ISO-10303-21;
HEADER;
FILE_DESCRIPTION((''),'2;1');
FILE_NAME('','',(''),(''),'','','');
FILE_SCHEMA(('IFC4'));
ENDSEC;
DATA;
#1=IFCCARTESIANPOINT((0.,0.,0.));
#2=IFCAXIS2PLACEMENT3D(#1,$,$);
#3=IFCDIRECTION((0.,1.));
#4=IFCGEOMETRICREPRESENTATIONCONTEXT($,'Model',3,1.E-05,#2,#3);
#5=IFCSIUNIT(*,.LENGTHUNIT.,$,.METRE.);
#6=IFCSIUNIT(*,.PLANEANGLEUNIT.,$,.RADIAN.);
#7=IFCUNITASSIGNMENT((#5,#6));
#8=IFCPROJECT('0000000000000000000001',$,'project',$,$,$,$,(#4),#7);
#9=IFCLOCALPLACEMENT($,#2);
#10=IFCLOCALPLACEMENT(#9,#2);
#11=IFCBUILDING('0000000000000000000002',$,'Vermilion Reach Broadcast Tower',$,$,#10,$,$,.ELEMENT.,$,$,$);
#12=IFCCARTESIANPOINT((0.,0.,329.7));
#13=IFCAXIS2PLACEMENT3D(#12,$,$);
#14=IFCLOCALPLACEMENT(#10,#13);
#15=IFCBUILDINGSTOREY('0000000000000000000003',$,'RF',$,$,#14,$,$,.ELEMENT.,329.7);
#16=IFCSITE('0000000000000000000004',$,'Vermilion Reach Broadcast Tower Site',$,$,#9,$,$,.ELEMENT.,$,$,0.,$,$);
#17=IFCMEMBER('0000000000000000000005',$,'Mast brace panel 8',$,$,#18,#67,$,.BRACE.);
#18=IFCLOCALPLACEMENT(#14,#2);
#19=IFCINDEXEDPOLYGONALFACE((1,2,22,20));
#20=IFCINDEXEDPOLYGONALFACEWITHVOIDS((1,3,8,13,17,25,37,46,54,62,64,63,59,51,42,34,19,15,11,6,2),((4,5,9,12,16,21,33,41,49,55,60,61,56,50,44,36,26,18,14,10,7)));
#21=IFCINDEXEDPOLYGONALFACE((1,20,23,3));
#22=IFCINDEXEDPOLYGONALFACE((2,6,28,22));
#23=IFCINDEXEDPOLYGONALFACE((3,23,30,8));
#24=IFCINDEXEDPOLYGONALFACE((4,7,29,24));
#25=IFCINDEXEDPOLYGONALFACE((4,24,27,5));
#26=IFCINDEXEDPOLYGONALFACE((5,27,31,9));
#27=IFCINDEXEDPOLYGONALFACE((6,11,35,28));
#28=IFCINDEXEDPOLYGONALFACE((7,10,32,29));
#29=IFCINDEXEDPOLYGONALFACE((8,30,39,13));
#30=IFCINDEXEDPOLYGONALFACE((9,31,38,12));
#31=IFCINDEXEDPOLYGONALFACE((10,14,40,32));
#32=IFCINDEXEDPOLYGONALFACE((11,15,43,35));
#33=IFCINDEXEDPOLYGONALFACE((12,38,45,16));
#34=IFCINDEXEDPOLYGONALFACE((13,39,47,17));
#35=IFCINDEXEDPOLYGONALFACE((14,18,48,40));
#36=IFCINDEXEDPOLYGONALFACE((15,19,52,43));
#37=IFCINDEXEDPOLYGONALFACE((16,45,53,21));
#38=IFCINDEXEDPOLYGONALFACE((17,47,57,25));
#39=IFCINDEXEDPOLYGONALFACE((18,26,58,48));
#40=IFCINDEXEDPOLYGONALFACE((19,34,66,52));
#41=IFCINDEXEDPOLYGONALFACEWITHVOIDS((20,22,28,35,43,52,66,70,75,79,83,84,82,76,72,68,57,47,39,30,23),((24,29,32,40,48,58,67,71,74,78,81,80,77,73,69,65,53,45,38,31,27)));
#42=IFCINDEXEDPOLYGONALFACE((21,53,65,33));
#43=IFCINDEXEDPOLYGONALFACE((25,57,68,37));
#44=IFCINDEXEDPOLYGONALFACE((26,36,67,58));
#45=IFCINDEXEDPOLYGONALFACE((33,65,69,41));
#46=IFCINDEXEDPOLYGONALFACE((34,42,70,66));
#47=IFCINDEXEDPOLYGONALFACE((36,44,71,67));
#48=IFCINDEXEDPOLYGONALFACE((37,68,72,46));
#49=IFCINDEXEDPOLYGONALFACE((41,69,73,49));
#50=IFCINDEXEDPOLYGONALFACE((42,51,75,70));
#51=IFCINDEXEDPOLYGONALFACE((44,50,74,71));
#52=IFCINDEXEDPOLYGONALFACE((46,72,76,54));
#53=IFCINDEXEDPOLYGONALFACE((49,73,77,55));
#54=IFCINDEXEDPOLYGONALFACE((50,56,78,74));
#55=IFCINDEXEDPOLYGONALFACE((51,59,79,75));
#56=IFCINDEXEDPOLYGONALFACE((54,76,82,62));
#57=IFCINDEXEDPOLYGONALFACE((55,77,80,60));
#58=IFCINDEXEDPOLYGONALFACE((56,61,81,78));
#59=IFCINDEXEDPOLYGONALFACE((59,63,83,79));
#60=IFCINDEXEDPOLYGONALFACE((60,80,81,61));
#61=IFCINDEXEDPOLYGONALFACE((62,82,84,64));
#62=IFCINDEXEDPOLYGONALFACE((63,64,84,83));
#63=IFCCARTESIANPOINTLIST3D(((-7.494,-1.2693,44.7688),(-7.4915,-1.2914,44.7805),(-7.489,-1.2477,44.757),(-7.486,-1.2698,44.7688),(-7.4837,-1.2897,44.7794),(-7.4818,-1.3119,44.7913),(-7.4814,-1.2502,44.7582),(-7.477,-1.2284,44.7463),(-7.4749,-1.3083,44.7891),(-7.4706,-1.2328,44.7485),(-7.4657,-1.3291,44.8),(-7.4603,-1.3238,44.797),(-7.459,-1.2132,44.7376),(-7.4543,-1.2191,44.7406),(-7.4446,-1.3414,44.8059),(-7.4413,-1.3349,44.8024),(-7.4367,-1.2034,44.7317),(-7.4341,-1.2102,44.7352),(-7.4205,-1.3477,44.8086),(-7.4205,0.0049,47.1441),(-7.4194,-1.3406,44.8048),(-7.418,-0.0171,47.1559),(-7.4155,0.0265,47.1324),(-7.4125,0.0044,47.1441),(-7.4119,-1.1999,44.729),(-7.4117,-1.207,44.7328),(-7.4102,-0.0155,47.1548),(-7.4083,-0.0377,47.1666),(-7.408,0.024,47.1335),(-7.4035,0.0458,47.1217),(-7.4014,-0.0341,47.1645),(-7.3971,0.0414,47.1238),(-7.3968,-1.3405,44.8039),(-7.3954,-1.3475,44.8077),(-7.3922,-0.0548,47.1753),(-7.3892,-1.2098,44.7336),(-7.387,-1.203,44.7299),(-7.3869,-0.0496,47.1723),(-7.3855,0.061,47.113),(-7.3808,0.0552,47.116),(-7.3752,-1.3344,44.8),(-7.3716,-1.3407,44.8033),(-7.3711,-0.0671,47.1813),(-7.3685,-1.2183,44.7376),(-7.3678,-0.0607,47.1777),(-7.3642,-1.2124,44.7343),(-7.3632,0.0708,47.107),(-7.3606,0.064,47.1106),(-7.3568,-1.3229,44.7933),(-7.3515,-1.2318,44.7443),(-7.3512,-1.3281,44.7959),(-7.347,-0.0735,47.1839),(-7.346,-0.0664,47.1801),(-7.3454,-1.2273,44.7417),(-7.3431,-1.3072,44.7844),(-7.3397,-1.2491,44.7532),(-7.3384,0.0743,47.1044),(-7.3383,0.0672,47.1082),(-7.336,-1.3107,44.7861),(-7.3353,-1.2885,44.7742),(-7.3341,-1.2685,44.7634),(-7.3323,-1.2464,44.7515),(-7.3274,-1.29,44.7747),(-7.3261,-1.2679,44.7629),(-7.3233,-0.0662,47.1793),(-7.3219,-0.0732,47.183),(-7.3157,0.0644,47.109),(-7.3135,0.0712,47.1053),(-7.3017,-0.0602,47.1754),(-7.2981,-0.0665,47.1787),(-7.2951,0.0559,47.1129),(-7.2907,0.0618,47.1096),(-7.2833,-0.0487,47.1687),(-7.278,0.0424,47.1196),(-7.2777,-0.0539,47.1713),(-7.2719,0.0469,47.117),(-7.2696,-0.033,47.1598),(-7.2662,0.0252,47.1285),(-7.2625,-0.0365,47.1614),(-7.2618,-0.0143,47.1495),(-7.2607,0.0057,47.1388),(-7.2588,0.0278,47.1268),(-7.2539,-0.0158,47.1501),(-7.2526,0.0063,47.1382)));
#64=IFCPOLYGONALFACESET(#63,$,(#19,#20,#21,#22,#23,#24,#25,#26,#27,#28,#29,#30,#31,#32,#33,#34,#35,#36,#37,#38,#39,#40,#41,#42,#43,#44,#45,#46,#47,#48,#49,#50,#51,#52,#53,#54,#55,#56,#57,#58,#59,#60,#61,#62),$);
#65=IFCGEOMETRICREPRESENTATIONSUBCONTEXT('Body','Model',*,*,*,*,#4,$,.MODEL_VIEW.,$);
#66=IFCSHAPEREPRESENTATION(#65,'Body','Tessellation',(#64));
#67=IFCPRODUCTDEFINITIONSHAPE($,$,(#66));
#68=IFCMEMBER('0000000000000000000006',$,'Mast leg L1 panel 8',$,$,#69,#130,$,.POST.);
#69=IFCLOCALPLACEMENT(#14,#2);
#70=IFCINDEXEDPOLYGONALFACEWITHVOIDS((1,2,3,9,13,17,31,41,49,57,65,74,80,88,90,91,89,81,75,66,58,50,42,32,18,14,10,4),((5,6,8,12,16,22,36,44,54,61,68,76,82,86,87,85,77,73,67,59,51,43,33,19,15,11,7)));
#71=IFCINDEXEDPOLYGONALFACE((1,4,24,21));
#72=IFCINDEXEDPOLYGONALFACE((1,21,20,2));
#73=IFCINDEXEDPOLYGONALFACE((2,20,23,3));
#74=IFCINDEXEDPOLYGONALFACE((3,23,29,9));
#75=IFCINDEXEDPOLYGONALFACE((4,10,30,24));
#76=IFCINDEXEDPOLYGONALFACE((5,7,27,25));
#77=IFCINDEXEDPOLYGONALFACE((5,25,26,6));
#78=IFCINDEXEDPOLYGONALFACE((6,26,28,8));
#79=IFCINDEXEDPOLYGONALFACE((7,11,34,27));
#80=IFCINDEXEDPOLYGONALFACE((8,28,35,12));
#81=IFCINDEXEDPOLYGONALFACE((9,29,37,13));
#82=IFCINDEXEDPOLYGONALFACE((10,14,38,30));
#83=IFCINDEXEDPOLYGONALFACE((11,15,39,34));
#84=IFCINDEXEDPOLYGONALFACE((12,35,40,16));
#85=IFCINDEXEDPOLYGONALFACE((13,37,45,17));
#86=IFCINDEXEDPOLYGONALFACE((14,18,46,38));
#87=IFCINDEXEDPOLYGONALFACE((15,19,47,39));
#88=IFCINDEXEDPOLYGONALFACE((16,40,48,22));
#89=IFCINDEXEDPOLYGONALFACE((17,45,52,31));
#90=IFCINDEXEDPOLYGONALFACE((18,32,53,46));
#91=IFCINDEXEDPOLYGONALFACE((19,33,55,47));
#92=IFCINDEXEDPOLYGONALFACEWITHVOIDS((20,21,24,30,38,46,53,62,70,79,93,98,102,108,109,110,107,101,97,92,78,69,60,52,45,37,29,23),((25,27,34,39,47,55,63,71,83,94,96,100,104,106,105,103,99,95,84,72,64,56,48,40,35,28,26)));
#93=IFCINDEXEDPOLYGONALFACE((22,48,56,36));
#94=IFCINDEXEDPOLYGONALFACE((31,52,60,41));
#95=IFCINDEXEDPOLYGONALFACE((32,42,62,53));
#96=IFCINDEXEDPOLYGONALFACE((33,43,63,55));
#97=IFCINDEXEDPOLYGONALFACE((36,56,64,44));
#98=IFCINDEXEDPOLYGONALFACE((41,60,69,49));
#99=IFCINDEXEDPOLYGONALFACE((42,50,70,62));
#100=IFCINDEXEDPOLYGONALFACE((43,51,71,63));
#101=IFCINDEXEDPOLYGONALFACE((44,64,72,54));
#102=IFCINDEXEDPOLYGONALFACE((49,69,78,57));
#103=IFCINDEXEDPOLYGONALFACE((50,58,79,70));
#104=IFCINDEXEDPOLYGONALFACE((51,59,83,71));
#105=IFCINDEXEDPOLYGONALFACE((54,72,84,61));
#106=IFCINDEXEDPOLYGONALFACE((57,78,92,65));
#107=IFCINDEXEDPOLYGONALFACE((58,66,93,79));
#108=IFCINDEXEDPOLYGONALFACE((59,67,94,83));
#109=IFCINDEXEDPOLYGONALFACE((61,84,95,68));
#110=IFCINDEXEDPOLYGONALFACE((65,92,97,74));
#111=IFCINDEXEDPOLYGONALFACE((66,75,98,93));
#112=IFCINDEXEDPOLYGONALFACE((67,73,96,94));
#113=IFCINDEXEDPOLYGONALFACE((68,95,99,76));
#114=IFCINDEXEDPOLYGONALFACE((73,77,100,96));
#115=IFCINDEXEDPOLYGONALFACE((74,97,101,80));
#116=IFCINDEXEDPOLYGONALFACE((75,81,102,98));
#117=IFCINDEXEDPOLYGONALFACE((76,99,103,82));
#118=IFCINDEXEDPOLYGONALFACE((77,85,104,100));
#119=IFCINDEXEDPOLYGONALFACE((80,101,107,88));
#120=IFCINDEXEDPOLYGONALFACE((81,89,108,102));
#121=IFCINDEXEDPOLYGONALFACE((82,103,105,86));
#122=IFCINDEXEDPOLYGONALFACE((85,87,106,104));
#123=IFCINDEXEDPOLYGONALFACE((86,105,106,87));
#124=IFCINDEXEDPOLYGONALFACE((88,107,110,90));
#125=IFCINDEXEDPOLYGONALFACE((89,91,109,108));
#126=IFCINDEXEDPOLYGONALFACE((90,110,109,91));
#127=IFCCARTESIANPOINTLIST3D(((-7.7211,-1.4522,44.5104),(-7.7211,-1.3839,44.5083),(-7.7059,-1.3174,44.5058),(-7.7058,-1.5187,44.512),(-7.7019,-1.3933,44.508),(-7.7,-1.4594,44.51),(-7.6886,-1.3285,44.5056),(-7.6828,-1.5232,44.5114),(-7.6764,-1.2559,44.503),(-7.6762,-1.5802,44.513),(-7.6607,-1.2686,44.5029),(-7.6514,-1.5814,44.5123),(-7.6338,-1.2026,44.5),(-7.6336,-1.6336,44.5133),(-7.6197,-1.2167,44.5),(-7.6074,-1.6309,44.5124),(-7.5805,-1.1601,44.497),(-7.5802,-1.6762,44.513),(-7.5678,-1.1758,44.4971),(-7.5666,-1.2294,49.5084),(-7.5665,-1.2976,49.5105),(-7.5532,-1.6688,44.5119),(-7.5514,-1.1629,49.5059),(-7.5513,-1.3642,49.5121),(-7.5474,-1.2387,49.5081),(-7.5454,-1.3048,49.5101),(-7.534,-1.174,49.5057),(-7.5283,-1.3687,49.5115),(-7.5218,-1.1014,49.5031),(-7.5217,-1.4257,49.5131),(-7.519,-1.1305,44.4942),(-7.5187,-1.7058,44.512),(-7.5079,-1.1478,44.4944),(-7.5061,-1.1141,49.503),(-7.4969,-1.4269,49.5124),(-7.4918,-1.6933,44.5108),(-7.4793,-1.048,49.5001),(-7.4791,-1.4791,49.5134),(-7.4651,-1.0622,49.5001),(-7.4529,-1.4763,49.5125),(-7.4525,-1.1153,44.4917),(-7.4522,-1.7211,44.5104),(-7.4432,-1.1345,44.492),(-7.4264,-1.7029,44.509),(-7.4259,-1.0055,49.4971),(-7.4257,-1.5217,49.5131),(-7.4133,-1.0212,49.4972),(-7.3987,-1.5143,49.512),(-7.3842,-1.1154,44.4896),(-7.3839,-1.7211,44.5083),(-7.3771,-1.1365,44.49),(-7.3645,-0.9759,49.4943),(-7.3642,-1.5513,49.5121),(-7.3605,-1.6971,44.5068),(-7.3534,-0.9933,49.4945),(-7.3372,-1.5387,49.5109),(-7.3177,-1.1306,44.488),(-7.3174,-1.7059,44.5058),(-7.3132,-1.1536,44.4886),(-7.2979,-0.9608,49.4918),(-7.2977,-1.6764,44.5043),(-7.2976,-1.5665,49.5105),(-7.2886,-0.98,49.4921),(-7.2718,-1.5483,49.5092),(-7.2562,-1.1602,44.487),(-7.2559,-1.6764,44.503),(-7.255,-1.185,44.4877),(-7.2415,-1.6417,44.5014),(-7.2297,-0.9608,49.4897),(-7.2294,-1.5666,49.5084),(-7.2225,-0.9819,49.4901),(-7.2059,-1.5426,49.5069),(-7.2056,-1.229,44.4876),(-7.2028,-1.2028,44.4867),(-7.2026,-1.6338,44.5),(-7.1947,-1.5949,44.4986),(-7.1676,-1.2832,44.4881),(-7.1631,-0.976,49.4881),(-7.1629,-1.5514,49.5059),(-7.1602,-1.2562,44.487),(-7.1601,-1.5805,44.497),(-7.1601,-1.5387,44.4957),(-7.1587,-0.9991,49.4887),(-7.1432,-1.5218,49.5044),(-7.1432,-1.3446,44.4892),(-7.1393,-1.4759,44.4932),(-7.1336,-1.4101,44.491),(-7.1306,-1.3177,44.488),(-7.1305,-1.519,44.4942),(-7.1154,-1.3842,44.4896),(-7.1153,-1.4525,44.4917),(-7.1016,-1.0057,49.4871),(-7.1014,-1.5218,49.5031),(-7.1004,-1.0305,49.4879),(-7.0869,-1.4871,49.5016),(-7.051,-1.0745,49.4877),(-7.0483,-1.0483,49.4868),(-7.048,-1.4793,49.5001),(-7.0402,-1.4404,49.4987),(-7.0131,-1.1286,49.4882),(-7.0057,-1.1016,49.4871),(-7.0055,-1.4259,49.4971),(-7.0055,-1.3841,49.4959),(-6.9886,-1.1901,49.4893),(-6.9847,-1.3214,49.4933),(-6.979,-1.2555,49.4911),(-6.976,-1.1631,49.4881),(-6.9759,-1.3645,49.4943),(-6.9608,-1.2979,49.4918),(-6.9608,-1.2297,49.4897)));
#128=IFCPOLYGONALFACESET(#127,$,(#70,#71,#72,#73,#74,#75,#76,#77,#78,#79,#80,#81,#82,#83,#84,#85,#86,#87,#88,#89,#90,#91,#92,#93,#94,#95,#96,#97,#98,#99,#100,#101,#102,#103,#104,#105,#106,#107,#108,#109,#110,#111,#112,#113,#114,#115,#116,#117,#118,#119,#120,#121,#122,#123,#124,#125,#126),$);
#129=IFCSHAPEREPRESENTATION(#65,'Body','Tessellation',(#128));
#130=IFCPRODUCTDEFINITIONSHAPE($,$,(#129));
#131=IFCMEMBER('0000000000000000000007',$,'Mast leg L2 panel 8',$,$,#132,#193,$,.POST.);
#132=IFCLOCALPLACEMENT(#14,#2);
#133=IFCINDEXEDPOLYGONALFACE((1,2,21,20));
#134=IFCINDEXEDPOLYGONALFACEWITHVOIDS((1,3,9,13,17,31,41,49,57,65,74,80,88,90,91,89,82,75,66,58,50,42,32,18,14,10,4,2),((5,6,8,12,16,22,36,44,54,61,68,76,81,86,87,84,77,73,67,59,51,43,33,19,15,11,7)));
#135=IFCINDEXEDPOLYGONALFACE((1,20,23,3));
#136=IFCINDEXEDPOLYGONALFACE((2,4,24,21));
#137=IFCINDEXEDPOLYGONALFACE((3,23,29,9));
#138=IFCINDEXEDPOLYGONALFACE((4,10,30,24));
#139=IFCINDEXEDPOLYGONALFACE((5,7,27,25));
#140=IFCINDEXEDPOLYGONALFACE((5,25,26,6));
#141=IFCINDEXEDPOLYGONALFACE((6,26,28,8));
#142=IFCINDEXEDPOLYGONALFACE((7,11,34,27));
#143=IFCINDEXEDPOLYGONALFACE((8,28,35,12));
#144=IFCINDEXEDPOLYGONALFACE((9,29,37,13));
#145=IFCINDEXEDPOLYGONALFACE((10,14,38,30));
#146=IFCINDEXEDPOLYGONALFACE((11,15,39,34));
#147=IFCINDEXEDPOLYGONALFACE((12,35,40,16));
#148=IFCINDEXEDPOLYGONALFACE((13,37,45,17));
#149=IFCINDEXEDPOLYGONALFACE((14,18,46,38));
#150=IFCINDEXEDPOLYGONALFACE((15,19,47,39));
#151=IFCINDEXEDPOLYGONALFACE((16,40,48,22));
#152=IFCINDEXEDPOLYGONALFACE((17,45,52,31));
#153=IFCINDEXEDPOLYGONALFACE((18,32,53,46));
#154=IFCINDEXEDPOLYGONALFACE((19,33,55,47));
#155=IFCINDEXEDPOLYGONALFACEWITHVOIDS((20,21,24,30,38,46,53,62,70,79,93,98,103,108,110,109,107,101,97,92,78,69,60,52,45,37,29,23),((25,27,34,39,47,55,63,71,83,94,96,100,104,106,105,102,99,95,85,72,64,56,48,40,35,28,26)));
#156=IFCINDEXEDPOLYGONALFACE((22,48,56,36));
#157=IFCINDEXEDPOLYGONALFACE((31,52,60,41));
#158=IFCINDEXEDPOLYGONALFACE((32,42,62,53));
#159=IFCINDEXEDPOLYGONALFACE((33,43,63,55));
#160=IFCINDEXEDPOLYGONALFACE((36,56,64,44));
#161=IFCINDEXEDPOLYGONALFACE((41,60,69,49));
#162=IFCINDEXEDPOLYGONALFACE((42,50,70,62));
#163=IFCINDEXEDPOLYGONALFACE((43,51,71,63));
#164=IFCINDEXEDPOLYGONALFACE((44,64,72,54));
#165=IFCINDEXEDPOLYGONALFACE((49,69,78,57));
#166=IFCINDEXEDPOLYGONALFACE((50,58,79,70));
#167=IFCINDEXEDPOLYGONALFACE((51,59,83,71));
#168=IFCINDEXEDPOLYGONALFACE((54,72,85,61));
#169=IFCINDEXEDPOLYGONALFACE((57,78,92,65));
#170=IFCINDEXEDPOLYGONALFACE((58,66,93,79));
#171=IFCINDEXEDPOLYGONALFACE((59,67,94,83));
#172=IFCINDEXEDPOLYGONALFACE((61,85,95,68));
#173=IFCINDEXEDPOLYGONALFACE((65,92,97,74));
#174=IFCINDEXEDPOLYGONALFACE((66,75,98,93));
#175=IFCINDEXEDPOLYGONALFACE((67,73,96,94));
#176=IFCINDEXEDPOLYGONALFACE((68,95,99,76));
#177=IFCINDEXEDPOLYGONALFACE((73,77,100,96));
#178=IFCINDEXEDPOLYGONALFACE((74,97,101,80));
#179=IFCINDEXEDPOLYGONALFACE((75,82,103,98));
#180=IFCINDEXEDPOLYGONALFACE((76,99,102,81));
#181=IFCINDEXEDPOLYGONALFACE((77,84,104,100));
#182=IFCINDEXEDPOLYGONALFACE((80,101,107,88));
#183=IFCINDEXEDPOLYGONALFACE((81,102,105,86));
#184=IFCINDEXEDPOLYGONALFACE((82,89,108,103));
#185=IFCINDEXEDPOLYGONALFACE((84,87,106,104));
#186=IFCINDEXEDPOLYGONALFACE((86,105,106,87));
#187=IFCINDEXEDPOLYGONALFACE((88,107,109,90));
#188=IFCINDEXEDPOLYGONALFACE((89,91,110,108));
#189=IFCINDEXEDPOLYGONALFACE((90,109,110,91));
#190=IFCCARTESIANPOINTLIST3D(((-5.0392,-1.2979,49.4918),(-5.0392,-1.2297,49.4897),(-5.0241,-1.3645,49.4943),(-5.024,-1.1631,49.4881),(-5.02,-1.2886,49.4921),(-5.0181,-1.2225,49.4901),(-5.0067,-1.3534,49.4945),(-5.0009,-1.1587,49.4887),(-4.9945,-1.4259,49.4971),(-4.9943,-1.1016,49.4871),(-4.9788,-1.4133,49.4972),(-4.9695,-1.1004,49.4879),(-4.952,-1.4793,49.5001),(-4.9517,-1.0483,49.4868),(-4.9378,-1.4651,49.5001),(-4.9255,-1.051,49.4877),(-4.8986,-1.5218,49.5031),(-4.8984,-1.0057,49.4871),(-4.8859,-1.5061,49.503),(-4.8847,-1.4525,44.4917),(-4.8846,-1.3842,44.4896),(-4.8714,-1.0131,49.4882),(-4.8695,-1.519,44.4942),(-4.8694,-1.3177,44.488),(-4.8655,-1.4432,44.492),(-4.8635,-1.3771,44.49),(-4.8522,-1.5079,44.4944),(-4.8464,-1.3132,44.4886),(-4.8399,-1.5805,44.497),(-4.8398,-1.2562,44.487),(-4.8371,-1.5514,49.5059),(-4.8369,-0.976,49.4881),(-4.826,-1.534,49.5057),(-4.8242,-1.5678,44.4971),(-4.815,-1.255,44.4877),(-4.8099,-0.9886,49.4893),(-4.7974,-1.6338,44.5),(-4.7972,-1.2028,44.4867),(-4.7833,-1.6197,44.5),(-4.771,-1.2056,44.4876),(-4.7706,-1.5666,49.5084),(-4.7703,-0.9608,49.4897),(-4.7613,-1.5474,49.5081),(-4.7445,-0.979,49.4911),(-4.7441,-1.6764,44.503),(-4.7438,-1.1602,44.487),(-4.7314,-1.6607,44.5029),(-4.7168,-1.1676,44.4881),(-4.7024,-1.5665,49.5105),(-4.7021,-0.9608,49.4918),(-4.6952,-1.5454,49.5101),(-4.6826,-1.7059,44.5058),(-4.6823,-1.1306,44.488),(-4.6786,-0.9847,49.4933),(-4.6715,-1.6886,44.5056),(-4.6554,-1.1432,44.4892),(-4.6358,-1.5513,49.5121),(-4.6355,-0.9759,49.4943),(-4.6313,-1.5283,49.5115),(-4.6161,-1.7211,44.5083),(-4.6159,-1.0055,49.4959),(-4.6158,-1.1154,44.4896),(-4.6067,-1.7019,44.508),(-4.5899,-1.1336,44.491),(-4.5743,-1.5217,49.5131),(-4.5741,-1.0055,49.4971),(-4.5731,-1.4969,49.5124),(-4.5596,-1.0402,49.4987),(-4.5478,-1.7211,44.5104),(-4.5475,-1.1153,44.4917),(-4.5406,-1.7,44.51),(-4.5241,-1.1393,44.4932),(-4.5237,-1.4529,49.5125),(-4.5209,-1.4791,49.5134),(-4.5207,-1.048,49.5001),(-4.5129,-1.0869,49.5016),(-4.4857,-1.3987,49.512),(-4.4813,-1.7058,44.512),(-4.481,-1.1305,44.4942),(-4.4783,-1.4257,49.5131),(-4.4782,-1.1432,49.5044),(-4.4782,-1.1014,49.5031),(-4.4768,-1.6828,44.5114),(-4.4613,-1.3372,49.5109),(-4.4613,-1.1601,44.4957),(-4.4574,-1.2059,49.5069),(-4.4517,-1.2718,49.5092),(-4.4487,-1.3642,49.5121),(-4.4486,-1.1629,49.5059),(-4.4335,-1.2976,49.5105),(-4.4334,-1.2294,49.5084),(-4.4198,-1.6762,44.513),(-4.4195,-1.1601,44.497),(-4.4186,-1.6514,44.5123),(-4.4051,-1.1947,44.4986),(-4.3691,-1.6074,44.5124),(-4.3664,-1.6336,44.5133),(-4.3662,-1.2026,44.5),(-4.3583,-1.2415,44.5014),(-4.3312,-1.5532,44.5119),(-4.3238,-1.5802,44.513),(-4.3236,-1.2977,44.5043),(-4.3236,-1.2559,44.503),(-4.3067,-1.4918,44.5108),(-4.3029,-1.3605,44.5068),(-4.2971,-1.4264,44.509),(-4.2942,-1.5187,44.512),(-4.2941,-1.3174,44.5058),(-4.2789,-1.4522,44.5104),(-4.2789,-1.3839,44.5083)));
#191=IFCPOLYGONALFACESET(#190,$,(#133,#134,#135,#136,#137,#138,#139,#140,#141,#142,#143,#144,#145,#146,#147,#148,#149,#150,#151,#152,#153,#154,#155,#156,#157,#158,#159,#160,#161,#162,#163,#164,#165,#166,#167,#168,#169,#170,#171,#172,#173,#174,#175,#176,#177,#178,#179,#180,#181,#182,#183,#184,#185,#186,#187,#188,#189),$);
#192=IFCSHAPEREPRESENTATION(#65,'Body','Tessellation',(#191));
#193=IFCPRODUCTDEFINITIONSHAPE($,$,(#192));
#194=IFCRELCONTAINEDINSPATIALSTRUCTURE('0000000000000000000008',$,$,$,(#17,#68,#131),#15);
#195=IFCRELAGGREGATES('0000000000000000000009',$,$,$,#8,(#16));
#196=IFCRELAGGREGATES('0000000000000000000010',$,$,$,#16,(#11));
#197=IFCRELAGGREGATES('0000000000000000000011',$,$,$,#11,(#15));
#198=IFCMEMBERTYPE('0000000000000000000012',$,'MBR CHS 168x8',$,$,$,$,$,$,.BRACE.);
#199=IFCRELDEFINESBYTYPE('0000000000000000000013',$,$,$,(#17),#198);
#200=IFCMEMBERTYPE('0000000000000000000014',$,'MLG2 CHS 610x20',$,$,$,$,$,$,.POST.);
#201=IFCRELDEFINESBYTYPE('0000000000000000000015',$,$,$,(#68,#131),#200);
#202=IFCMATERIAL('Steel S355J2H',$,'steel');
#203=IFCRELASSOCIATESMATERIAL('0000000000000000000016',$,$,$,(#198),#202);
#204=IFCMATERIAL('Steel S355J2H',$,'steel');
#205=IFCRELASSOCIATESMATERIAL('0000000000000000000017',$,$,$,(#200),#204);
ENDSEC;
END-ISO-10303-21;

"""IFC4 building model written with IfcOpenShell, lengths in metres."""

from ifc_helpers import new_model, si_unit, direction, frame, origin, origin_2d, place, context, subcontext, project, spatial, hollow_circle, extrude, material, material_profile, profile_set, type_object, element, save


model = new_model("IFC4")

# Units and contexts
model_context = context("Model", 3, precision=1e-05, world=origin(), true_north=direction((0.0, 1.0)))
body_context = subcontext(model_context, "Body", "Model", "MODEL_VIEW")
ifc_project = project(units=[si_unit("LENGTHUNIT", "METRE"), si_unit("PLANEANGLEUNIT", "RADIAN")], contexts=[model_context])

# Site, building, storey
site_placement = place(None, origin())
site = spatial("IfcSite", under=ifc_project, at=site_placement, Name="Vermilion Reach Broadcast Tower Site", CompositionType="ELEMENT", RefElevation=0.0)
building_placement = place(site_placement, origin())
building = spatial("IfcBuilding", under=site, at=building_placement, Name="Vermilion Reach Broadcast Tower", CompositionType="ELEMENT")
storey_placement = place(building_placement, frame((0.0, 0.0, 329.7)))
storey = spatial("IfcBuildingStorey", under=building, at=storey_placement, Name="RF", CompositionType="ELEMENT", Elevation=329.7)

# Members
ifc_material_1 = material(Name="Steel S355J2H", Category="steel")
ifc_material_profile_1 = material_profile(ifc_material_1, hollow_circle(Radius=0.0842, WallThickness=0.0081, at=origin_2d()), Name="S355J2H CHS 168x8")
ifc_profile_set_1 = profile_set([ifc_material_profile_1], Name="Steel S355J2H")
member_type_1 = type_object("IfcMemberType", Name="MBR CHS 168x8", PredefinedType="BRACE", material=ifc_profile_set_1)
member_1_placement = place(storey_placement, frame((-7.4099, -1.2742, 44.7688), z_axis=(0.027253, 0.472541, 0.880887), x_axis=(-0.998341, 0.057578, 0.0)))
element("IfcMember", 1, at=member_1_placement, inside=storey, type_object=member_type_1, Name="Mast brace panel 8", PredefinedType="BRACE", context=body_context, shape_type="SweptSolid", body=[
    extrude(hollow_circle(Radius=0.0842, WallThickness=0.0081, at=origin_2d()), origin(), (0.0, 0.0, 1.0), 2.6965),
])
ifc_material_2 = material(Name="Steel S355J2H", Category="steel")
ifc_material_profile_2 = material_profile(ifc_material_2, hollow_circle(Radius=0.3049, WallThickness=0.02, at=origin_2d()), Name="S355J2H CHS 610x20")
ifc_profile_set_2 = profile_set([ifc_material_profile_2], Name="Steel S355J2H")
member_type_2 = type_object("IfcMemberType", Name="MLG2 CHS 610x20", PredefinedType="POST", material=ifc_profile_set_2)
for number, where, z_axis, x_axis, name in (
    (2, (-7.4182, -1.4182, 44.5), (0.030879, 0.030879, 0.999046), (-0.707107, 0.707107, 0.0), "Mast leg L1 panel 8"),
    (3, (-4.5818, -1.4182, 44.5), (-0.030879, 0.030879, 0.999046), (-0.707107, -0.707107, 0.0), "Mast leg L2 panel 8"),
):
    element("IfcMember", number, at=place(storey_placement, frame(where, z_axis=z_axis, x_axis=x_axis)), inside=storey, type_object=member_type_2, Name=name, PredefinedType="POST", context=body_context, shape_type="SweptSolid", body=[
        extrude(hollow_circle(Radius=0.3049, WallThickness=0.02, at=origin_2d()), origin(), (0.0, 0.0, 1.0), 5.0049),
    ])

save(model, "model.ifc")
